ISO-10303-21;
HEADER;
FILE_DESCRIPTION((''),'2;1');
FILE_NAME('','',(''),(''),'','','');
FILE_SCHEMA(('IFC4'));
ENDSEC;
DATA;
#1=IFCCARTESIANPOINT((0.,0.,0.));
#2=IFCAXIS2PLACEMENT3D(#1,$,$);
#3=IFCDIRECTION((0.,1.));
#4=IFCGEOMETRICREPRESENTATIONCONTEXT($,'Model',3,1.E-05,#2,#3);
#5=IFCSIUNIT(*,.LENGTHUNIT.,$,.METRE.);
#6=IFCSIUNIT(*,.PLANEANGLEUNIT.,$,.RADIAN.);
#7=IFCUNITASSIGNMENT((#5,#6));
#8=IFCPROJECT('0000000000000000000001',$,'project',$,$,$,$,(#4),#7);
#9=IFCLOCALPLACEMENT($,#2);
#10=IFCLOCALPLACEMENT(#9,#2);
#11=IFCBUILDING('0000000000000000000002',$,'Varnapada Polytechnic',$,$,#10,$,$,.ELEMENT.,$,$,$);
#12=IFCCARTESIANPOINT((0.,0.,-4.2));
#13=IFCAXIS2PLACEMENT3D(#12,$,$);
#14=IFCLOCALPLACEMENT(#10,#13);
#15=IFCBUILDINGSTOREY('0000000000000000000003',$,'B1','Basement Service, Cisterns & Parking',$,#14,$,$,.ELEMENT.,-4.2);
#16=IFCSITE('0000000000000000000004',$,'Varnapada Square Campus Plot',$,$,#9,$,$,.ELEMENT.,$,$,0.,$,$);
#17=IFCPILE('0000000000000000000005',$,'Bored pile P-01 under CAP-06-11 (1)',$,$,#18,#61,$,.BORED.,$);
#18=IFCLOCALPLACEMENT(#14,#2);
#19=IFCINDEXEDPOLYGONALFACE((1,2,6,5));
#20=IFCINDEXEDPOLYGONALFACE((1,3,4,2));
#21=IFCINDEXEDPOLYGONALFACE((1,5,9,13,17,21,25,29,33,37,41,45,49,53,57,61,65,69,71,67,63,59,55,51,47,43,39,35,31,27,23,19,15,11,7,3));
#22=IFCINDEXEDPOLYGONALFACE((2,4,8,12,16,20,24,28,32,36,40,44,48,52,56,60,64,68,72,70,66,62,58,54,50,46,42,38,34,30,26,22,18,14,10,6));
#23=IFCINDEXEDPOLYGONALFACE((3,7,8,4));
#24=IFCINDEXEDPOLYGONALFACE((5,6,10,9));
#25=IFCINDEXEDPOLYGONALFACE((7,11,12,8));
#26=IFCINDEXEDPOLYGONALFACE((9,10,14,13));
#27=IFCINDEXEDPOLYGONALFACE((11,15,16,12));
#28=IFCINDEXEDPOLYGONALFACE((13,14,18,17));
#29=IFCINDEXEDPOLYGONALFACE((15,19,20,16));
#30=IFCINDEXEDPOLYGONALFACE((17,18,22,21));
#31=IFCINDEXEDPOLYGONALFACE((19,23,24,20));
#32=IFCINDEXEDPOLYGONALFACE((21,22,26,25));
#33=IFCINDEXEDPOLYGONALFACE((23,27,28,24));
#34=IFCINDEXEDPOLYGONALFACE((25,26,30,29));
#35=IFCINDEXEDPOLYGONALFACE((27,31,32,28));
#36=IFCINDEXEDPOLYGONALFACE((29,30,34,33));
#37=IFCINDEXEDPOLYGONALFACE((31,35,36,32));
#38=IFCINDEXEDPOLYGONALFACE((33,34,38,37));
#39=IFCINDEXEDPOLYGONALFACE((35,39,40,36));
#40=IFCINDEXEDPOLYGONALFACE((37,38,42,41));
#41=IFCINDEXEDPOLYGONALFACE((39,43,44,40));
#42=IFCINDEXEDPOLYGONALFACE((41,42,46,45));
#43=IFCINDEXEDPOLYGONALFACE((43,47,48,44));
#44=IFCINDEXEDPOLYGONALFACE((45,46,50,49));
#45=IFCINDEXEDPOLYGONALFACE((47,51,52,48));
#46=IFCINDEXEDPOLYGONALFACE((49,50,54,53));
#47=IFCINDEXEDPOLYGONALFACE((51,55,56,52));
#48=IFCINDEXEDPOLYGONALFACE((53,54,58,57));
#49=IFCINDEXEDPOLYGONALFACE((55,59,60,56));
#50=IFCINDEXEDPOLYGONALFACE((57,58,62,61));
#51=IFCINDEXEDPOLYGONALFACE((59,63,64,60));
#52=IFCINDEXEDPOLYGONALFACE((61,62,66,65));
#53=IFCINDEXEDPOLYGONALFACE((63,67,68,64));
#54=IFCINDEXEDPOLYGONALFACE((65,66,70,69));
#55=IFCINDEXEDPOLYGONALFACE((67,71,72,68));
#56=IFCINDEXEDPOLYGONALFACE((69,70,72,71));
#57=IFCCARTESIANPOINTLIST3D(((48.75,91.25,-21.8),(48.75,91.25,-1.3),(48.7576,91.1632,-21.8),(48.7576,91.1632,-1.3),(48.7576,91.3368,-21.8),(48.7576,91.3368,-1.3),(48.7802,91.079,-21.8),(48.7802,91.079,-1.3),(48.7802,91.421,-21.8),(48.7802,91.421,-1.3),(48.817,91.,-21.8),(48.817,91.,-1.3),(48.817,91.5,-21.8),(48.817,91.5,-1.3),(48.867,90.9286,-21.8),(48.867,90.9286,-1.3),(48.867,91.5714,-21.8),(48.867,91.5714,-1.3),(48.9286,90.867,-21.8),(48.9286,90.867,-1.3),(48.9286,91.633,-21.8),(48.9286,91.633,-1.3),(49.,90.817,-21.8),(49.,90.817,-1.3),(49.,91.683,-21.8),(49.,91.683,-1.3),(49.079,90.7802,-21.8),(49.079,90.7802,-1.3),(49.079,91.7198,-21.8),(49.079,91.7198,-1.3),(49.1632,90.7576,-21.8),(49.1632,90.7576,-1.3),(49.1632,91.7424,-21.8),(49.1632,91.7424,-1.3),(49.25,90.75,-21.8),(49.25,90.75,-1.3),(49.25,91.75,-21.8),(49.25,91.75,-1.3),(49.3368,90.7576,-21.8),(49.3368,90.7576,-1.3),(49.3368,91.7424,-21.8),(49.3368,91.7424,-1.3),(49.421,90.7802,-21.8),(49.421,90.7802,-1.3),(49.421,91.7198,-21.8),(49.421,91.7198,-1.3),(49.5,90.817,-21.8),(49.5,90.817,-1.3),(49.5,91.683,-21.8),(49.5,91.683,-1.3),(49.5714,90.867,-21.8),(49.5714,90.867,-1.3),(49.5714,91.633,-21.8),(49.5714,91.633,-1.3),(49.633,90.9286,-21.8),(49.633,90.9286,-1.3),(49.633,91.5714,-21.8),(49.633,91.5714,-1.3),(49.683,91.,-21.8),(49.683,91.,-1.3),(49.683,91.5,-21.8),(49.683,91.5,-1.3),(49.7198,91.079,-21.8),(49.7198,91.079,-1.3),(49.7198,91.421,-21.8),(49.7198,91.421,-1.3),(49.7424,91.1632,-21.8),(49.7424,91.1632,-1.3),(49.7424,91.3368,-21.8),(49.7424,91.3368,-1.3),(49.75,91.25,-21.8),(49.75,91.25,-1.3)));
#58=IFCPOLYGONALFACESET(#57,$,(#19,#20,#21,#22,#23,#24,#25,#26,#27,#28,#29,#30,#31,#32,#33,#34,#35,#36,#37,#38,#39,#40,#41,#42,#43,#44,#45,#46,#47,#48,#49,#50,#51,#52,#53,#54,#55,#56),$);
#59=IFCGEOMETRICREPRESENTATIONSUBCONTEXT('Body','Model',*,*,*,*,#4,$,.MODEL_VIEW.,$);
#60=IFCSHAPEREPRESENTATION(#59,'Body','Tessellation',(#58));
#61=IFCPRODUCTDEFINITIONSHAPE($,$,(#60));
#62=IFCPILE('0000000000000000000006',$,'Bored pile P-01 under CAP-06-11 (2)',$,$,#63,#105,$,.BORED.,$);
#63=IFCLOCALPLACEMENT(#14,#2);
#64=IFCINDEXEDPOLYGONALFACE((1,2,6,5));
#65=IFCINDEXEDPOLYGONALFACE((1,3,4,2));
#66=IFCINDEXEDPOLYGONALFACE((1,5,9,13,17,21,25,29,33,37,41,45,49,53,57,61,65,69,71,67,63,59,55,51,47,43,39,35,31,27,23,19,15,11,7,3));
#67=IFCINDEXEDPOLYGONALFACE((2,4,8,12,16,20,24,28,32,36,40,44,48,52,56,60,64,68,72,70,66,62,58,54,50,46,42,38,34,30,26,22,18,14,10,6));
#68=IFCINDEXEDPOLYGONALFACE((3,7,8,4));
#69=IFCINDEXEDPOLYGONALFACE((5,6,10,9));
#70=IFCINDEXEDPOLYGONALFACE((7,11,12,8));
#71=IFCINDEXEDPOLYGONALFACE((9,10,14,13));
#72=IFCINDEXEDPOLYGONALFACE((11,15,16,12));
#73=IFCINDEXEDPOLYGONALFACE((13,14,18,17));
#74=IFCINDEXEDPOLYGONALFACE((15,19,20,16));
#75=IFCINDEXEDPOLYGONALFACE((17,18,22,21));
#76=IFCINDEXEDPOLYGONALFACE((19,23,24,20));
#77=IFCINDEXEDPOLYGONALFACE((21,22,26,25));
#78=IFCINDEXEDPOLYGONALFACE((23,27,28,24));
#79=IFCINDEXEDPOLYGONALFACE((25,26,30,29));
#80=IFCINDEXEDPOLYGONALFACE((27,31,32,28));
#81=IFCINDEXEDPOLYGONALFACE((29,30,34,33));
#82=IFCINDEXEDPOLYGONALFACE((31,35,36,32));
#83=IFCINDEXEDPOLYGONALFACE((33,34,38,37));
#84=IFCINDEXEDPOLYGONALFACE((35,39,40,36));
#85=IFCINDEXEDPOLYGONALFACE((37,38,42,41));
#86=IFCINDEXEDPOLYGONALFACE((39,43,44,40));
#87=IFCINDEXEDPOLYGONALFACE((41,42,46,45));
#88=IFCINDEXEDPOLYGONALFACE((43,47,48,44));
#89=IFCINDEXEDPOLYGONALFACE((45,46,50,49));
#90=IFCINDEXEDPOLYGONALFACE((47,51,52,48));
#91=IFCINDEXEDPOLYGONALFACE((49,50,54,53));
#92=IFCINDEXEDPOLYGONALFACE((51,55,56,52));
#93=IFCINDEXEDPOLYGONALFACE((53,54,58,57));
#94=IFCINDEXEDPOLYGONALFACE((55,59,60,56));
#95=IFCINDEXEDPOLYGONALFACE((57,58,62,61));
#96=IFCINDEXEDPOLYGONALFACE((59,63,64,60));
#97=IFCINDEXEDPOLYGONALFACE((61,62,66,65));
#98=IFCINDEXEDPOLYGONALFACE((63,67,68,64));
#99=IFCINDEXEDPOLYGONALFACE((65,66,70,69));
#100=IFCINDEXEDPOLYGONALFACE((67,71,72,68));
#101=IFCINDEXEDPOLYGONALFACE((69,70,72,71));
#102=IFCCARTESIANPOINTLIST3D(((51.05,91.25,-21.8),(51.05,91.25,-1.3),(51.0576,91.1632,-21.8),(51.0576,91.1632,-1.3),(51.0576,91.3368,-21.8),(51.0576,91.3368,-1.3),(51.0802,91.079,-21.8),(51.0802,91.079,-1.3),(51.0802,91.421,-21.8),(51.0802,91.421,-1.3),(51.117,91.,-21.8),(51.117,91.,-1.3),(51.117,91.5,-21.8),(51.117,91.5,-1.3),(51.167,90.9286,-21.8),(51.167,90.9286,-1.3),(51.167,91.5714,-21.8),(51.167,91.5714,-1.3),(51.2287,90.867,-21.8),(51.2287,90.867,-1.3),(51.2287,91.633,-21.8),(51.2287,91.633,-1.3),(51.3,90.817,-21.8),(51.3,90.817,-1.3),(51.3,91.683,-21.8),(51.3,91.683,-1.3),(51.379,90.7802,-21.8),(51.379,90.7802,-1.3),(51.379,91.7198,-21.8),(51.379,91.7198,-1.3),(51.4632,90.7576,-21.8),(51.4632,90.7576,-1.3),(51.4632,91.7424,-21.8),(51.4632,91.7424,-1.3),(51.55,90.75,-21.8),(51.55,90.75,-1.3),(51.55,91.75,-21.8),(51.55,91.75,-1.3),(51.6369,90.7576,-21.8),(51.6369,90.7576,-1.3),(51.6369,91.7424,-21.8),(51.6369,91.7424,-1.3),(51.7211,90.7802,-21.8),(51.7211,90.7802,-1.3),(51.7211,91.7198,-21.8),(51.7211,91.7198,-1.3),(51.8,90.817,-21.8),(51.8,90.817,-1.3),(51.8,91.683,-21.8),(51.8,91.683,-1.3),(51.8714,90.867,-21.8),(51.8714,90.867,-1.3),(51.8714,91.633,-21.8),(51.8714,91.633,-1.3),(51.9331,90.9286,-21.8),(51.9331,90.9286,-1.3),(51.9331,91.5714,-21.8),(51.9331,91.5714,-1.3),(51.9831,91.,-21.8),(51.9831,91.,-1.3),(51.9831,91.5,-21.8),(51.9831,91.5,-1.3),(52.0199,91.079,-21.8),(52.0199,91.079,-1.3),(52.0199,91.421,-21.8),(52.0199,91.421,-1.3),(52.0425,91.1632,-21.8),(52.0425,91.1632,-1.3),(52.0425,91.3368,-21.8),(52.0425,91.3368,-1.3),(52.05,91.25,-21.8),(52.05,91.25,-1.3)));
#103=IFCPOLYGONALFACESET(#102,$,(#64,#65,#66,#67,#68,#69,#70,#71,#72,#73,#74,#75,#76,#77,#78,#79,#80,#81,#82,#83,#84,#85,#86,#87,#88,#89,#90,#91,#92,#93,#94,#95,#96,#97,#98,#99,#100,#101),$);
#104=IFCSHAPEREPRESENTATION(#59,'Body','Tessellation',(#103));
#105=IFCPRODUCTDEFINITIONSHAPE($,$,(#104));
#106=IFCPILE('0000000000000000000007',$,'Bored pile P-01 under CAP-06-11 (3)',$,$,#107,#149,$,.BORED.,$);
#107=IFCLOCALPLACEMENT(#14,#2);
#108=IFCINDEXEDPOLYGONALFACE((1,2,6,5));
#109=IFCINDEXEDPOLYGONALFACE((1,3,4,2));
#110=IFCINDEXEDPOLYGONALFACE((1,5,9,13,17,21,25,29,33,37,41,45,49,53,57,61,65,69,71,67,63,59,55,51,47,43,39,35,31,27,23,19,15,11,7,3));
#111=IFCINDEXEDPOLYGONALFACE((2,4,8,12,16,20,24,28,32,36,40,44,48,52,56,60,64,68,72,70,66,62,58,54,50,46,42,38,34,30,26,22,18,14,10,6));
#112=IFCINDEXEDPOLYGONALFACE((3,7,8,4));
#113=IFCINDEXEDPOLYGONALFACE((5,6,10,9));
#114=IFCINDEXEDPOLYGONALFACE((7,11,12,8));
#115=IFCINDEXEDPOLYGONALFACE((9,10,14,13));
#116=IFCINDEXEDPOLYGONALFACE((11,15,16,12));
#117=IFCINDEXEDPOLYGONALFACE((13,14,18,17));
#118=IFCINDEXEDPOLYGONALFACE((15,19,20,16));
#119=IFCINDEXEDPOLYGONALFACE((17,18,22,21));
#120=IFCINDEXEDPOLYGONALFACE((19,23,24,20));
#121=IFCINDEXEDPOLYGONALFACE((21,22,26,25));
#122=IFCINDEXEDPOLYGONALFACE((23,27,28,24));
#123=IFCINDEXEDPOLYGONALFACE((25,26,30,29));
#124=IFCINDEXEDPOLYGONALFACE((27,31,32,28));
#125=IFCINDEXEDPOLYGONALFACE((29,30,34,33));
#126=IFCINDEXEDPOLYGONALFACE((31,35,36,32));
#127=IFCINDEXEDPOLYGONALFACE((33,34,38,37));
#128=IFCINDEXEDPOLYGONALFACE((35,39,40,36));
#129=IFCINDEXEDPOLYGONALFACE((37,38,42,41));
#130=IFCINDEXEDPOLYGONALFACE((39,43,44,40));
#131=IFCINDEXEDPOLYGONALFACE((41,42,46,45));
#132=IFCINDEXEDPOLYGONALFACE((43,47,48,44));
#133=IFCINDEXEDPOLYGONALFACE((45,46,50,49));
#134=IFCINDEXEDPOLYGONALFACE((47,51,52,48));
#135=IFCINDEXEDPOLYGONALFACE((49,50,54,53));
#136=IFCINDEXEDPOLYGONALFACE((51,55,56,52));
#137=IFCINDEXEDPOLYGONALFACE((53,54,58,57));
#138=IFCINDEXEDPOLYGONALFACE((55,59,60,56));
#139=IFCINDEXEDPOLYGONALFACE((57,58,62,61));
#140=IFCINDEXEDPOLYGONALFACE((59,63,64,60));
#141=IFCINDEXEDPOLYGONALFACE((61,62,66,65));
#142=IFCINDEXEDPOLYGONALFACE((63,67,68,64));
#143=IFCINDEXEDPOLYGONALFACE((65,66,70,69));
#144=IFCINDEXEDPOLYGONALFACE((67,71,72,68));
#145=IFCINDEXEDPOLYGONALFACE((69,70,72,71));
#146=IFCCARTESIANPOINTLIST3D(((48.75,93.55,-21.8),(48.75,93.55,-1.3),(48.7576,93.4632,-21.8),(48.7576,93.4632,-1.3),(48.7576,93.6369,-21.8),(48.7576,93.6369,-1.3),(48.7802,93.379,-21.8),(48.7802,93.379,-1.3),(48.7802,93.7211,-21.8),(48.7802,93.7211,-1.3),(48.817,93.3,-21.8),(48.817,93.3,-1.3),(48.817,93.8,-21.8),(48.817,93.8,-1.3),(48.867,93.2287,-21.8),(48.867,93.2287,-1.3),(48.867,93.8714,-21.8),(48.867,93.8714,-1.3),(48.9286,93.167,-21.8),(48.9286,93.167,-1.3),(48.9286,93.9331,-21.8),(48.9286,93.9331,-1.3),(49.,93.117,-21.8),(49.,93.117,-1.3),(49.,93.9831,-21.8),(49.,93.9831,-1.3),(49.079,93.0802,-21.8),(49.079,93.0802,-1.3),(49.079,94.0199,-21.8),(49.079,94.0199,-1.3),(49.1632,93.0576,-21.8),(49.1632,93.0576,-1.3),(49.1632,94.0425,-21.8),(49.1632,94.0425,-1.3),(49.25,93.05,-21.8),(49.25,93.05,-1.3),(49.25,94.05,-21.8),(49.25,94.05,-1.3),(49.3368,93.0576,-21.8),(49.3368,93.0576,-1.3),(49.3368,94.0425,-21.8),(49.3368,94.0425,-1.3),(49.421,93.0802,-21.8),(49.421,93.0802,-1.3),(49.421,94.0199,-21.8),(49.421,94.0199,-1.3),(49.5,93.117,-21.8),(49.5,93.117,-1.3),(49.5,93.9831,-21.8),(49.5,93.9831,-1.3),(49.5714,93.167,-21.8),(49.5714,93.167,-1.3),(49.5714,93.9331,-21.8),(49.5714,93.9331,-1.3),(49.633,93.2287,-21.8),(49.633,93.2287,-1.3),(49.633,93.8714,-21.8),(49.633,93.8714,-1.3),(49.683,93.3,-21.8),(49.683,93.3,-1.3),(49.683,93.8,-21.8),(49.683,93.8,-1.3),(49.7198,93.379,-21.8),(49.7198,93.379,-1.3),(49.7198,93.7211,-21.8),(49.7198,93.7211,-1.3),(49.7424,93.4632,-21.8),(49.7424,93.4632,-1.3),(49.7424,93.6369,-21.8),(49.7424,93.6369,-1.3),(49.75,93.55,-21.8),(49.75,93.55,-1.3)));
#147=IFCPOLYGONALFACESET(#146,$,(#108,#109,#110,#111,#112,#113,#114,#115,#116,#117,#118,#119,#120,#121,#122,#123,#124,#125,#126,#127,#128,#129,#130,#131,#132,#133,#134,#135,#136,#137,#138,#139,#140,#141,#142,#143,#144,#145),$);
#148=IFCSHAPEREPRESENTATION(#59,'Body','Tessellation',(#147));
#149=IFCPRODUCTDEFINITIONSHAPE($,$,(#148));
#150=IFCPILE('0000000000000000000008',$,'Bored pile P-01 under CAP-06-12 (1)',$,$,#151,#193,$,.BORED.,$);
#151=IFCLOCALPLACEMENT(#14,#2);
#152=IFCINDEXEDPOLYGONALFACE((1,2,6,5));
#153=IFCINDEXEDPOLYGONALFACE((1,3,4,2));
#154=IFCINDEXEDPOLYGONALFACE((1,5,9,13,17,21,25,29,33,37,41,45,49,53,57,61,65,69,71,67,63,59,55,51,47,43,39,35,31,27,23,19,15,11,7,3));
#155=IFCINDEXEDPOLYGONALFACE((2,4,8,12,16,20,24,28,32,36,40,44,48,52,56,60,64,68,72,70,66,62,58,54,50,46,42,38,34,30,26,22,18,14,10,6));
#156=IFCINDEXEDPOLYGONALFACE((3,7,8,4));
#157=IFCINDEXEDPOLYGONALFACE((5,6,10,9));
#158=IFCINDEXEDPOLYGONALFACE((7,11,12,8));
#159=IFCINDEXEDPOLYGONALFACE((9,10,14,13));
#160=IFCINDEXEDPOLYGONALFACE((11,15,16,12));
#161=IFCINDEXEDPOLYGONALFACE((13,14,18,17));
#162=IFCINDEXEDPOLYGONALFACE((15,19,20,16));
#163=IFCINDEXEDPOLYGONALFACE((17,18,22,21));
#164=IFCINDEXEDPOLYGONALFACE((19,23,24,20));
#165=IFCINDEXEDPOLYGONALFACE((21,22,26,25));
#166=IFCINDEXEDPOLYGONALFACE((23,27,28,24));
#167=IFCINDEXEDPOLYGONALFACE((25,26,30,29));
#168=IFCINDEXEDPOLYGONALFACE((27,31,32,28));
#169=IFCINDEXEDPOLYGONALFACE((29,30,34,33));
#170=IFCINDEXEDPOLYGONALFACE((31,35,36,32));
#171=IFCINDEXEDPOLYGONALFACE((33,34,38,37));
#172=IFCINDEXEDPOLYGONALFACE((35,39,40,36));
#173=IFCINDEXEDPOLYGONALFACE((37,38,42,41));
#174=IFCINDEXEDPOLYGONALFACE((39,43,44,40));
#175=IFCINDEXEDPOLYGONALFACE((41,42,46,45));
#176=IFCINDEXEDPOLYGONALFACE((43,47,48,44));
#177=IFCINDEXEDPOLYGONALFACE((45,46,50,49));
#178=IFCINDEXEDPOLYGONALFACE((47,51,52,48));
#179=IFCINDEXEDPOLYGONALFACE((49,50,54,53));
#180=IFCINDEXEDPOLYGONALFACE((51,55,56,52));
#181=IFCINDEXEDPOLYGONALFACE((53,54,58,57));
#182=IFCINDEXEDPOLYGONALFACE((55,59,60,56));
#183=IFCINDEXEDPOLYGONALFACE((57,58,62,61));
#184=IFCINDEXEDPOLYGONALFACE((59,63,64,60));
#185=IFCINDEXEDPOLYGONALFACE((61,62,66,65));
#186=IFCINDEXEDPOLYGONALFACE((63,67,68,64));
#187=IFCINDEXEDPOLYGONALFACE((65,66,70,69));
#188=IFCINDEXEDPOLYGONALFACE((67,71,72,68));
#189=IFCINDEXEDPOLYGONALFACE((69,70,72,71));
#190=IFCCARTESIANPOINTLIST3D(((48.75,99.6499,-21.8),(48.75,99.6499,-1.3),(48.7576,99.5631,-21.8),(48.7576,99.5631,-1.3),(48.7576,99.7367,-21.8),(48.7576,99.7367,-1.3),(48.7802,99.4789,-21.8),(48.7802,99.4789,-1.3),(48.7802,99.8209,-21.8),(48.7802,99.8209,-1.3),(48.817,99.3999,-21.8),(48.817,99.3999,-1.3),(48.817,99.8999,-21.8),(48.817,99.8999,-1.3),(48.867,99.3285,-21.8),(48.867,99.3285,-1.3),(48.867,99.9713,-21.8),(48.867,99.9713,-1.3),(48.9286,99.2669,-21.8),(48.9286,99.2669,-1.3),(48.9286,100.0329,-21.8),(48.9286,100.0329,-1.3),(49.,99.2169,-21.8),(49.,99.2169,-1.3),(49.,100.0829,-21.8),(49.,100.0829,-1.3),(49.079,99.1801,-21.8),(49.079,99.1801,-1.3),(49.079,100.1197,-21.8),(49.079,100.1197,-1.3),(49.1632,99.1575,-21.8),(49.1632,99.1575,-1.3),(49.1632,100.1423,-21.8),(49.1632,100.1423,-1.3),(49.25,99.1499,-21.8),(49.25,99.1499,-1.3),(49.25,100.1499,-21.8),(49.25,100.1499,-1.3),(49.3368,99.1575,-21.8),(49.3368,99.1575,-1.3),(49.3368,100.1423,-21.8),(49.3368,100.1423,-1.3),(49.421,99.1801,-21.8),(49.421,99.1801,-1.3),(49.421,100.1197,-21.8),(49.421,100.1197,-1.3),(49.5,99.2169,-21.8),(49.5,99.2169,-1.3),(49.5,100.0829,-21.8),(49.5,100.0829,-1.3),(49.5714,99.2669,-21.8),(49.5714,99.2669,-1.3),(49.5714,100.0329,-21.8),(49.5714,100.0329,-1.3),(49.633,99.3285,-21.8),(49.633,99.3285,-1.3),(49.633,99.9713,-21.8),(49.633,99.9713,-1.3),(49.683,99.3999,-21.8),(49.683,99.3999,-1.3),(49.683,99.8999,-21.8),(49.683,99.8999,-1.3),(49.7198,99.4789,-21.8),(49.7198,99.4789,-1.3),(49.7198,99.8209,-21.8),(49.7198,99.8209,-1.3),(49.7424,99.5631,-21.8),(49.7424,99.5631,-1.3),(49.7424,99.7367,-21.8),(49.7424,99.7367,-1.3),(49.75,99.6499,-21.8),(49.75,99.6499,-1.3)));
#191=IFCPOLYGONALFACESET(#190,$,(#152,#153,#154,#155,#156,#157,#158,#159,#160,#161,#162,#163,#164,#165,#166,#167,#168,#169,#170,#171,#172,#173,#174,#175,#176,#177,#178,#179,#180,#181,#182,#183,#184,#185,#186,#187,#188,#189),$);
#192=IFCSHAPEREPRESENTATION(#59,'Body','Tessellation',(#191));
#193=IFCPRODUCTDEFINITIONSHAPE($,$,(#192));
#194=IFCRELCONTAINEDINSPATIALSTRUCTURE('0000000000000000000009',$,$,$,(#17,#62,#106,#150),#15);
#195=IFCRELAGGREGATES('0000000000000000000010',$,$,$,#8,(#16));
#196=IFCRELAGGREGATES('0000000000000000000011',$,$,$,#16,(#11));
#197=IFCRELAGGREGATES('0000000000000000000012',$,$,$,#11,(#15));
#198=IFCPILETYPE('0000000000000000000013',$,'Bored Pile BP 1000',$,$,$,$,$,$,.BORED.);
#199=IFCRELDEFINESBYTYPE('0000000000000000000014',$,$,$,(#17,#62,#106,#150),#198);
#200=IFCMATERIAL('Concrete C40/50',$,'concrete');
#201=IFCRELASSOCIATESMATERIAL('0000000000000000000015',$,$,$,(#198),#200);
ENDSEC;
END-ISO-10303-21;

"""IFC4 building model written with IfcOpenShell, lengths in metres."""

from ifc_helpers import new_model, si_unit, direction, frame, origin, origin_2d, place, context, subcontext, project, spatial, circle, extrude, material, material_profile, profile_set, type_object, element, save


model = new_model("IFC4")

# Units and contexts
model_context = context("Model", 3, precision=1e-05, world=origin(), true_north=direction((0.0, 1.0)))
body_context = subcontext(model_context, "Body", "Model", "MODEL_VIEW")
ifc_project = project(units=[si_unit("LENGTHUNIT", "METRE"), si_unit("PLANEANGLEUNIT", "RADIAN")], contexts=[model_context])

# Site, building, storey
site_placement = place(None, origin())
site = spatial("IfcSite", under=ifc_project, at=site_placement, Name="Varnapada Square Campus Plot", CompositionType="ELEMENT", RefElevation=0.0)
building_placement = place(site_placement, origin())
building = spatial("IfcBuilding", under=site, at=building_placement, Name="Varnapada Polytechnic", CompositionType="ELEMENT")
storey_placement = place(building_placement, frame((0.0, 0.0, -4.2)))
storey = spatial("IfcBuildingStorey", under=building, at=storey_placement, Name="B1", Description="Basement Service, Cisterns & Parking", CompositionType="ELEMENT", Elevation=-4.2)

# Piles
ifc_material_1 = material(Name="Concrete C40/50", Category="concrete")
ifc_material_profile_1 = material_profile(ifc_material_1, circle(Radius=0.5, at=origin_2d()), Name="BP 1000")
ifc_profile_set_1 = profile_set([ifc_material_profile_1], Name="Concrete C40/50")
pile_type_1 = type_object("IfcPileType", Name="Bored Pile BP 1000", PredefinedType="BORED", material=ifc_profile_set_1)
for number, where, z_axis, x_axis, name in (
    (1, (49.25, 91.25, -1.3), (0.0, 0.0, -1.0), (1.0, 0.0, 0.0), "Bored pile P-01 under CAP-06-11 (1)"),
    (2, (51.55, 91.25, -1.3), (0.0, 0.0, -1.0), (1.0, 0.0, 0.0), "Bored pile P-01 under CAP-06-11 (2)"),
    (3, (49.25, 93.55, -1.3), (0.0, 0.0, -1.0), (1.0, 0.0, 0.0), "Bored pile P-01 under CAP-06-11 (3)"),
    (4, (49.25, 99.6499, -1.3), (0.0, 0.0, -1.0), (1.0, 0.0, 0.0), "Bored pile P-01 under CAP-06-12 (1)"),
):
    element("IfcPile", number, at=place(storey_placement, frame(where, z_axis=z_axis, x_axis=x_axis)), inside=storey, type_object=pile_type_1, Name=name, PredefinedType="BORED", context=body_context, shape_type="SweptSolid", body=[
        extrude(circle(Radius=0.5, at=origin_2d()), origin(), (0.0, 0.0, 1.0), 20.5),
    ])

save(model, "model.ifc")
